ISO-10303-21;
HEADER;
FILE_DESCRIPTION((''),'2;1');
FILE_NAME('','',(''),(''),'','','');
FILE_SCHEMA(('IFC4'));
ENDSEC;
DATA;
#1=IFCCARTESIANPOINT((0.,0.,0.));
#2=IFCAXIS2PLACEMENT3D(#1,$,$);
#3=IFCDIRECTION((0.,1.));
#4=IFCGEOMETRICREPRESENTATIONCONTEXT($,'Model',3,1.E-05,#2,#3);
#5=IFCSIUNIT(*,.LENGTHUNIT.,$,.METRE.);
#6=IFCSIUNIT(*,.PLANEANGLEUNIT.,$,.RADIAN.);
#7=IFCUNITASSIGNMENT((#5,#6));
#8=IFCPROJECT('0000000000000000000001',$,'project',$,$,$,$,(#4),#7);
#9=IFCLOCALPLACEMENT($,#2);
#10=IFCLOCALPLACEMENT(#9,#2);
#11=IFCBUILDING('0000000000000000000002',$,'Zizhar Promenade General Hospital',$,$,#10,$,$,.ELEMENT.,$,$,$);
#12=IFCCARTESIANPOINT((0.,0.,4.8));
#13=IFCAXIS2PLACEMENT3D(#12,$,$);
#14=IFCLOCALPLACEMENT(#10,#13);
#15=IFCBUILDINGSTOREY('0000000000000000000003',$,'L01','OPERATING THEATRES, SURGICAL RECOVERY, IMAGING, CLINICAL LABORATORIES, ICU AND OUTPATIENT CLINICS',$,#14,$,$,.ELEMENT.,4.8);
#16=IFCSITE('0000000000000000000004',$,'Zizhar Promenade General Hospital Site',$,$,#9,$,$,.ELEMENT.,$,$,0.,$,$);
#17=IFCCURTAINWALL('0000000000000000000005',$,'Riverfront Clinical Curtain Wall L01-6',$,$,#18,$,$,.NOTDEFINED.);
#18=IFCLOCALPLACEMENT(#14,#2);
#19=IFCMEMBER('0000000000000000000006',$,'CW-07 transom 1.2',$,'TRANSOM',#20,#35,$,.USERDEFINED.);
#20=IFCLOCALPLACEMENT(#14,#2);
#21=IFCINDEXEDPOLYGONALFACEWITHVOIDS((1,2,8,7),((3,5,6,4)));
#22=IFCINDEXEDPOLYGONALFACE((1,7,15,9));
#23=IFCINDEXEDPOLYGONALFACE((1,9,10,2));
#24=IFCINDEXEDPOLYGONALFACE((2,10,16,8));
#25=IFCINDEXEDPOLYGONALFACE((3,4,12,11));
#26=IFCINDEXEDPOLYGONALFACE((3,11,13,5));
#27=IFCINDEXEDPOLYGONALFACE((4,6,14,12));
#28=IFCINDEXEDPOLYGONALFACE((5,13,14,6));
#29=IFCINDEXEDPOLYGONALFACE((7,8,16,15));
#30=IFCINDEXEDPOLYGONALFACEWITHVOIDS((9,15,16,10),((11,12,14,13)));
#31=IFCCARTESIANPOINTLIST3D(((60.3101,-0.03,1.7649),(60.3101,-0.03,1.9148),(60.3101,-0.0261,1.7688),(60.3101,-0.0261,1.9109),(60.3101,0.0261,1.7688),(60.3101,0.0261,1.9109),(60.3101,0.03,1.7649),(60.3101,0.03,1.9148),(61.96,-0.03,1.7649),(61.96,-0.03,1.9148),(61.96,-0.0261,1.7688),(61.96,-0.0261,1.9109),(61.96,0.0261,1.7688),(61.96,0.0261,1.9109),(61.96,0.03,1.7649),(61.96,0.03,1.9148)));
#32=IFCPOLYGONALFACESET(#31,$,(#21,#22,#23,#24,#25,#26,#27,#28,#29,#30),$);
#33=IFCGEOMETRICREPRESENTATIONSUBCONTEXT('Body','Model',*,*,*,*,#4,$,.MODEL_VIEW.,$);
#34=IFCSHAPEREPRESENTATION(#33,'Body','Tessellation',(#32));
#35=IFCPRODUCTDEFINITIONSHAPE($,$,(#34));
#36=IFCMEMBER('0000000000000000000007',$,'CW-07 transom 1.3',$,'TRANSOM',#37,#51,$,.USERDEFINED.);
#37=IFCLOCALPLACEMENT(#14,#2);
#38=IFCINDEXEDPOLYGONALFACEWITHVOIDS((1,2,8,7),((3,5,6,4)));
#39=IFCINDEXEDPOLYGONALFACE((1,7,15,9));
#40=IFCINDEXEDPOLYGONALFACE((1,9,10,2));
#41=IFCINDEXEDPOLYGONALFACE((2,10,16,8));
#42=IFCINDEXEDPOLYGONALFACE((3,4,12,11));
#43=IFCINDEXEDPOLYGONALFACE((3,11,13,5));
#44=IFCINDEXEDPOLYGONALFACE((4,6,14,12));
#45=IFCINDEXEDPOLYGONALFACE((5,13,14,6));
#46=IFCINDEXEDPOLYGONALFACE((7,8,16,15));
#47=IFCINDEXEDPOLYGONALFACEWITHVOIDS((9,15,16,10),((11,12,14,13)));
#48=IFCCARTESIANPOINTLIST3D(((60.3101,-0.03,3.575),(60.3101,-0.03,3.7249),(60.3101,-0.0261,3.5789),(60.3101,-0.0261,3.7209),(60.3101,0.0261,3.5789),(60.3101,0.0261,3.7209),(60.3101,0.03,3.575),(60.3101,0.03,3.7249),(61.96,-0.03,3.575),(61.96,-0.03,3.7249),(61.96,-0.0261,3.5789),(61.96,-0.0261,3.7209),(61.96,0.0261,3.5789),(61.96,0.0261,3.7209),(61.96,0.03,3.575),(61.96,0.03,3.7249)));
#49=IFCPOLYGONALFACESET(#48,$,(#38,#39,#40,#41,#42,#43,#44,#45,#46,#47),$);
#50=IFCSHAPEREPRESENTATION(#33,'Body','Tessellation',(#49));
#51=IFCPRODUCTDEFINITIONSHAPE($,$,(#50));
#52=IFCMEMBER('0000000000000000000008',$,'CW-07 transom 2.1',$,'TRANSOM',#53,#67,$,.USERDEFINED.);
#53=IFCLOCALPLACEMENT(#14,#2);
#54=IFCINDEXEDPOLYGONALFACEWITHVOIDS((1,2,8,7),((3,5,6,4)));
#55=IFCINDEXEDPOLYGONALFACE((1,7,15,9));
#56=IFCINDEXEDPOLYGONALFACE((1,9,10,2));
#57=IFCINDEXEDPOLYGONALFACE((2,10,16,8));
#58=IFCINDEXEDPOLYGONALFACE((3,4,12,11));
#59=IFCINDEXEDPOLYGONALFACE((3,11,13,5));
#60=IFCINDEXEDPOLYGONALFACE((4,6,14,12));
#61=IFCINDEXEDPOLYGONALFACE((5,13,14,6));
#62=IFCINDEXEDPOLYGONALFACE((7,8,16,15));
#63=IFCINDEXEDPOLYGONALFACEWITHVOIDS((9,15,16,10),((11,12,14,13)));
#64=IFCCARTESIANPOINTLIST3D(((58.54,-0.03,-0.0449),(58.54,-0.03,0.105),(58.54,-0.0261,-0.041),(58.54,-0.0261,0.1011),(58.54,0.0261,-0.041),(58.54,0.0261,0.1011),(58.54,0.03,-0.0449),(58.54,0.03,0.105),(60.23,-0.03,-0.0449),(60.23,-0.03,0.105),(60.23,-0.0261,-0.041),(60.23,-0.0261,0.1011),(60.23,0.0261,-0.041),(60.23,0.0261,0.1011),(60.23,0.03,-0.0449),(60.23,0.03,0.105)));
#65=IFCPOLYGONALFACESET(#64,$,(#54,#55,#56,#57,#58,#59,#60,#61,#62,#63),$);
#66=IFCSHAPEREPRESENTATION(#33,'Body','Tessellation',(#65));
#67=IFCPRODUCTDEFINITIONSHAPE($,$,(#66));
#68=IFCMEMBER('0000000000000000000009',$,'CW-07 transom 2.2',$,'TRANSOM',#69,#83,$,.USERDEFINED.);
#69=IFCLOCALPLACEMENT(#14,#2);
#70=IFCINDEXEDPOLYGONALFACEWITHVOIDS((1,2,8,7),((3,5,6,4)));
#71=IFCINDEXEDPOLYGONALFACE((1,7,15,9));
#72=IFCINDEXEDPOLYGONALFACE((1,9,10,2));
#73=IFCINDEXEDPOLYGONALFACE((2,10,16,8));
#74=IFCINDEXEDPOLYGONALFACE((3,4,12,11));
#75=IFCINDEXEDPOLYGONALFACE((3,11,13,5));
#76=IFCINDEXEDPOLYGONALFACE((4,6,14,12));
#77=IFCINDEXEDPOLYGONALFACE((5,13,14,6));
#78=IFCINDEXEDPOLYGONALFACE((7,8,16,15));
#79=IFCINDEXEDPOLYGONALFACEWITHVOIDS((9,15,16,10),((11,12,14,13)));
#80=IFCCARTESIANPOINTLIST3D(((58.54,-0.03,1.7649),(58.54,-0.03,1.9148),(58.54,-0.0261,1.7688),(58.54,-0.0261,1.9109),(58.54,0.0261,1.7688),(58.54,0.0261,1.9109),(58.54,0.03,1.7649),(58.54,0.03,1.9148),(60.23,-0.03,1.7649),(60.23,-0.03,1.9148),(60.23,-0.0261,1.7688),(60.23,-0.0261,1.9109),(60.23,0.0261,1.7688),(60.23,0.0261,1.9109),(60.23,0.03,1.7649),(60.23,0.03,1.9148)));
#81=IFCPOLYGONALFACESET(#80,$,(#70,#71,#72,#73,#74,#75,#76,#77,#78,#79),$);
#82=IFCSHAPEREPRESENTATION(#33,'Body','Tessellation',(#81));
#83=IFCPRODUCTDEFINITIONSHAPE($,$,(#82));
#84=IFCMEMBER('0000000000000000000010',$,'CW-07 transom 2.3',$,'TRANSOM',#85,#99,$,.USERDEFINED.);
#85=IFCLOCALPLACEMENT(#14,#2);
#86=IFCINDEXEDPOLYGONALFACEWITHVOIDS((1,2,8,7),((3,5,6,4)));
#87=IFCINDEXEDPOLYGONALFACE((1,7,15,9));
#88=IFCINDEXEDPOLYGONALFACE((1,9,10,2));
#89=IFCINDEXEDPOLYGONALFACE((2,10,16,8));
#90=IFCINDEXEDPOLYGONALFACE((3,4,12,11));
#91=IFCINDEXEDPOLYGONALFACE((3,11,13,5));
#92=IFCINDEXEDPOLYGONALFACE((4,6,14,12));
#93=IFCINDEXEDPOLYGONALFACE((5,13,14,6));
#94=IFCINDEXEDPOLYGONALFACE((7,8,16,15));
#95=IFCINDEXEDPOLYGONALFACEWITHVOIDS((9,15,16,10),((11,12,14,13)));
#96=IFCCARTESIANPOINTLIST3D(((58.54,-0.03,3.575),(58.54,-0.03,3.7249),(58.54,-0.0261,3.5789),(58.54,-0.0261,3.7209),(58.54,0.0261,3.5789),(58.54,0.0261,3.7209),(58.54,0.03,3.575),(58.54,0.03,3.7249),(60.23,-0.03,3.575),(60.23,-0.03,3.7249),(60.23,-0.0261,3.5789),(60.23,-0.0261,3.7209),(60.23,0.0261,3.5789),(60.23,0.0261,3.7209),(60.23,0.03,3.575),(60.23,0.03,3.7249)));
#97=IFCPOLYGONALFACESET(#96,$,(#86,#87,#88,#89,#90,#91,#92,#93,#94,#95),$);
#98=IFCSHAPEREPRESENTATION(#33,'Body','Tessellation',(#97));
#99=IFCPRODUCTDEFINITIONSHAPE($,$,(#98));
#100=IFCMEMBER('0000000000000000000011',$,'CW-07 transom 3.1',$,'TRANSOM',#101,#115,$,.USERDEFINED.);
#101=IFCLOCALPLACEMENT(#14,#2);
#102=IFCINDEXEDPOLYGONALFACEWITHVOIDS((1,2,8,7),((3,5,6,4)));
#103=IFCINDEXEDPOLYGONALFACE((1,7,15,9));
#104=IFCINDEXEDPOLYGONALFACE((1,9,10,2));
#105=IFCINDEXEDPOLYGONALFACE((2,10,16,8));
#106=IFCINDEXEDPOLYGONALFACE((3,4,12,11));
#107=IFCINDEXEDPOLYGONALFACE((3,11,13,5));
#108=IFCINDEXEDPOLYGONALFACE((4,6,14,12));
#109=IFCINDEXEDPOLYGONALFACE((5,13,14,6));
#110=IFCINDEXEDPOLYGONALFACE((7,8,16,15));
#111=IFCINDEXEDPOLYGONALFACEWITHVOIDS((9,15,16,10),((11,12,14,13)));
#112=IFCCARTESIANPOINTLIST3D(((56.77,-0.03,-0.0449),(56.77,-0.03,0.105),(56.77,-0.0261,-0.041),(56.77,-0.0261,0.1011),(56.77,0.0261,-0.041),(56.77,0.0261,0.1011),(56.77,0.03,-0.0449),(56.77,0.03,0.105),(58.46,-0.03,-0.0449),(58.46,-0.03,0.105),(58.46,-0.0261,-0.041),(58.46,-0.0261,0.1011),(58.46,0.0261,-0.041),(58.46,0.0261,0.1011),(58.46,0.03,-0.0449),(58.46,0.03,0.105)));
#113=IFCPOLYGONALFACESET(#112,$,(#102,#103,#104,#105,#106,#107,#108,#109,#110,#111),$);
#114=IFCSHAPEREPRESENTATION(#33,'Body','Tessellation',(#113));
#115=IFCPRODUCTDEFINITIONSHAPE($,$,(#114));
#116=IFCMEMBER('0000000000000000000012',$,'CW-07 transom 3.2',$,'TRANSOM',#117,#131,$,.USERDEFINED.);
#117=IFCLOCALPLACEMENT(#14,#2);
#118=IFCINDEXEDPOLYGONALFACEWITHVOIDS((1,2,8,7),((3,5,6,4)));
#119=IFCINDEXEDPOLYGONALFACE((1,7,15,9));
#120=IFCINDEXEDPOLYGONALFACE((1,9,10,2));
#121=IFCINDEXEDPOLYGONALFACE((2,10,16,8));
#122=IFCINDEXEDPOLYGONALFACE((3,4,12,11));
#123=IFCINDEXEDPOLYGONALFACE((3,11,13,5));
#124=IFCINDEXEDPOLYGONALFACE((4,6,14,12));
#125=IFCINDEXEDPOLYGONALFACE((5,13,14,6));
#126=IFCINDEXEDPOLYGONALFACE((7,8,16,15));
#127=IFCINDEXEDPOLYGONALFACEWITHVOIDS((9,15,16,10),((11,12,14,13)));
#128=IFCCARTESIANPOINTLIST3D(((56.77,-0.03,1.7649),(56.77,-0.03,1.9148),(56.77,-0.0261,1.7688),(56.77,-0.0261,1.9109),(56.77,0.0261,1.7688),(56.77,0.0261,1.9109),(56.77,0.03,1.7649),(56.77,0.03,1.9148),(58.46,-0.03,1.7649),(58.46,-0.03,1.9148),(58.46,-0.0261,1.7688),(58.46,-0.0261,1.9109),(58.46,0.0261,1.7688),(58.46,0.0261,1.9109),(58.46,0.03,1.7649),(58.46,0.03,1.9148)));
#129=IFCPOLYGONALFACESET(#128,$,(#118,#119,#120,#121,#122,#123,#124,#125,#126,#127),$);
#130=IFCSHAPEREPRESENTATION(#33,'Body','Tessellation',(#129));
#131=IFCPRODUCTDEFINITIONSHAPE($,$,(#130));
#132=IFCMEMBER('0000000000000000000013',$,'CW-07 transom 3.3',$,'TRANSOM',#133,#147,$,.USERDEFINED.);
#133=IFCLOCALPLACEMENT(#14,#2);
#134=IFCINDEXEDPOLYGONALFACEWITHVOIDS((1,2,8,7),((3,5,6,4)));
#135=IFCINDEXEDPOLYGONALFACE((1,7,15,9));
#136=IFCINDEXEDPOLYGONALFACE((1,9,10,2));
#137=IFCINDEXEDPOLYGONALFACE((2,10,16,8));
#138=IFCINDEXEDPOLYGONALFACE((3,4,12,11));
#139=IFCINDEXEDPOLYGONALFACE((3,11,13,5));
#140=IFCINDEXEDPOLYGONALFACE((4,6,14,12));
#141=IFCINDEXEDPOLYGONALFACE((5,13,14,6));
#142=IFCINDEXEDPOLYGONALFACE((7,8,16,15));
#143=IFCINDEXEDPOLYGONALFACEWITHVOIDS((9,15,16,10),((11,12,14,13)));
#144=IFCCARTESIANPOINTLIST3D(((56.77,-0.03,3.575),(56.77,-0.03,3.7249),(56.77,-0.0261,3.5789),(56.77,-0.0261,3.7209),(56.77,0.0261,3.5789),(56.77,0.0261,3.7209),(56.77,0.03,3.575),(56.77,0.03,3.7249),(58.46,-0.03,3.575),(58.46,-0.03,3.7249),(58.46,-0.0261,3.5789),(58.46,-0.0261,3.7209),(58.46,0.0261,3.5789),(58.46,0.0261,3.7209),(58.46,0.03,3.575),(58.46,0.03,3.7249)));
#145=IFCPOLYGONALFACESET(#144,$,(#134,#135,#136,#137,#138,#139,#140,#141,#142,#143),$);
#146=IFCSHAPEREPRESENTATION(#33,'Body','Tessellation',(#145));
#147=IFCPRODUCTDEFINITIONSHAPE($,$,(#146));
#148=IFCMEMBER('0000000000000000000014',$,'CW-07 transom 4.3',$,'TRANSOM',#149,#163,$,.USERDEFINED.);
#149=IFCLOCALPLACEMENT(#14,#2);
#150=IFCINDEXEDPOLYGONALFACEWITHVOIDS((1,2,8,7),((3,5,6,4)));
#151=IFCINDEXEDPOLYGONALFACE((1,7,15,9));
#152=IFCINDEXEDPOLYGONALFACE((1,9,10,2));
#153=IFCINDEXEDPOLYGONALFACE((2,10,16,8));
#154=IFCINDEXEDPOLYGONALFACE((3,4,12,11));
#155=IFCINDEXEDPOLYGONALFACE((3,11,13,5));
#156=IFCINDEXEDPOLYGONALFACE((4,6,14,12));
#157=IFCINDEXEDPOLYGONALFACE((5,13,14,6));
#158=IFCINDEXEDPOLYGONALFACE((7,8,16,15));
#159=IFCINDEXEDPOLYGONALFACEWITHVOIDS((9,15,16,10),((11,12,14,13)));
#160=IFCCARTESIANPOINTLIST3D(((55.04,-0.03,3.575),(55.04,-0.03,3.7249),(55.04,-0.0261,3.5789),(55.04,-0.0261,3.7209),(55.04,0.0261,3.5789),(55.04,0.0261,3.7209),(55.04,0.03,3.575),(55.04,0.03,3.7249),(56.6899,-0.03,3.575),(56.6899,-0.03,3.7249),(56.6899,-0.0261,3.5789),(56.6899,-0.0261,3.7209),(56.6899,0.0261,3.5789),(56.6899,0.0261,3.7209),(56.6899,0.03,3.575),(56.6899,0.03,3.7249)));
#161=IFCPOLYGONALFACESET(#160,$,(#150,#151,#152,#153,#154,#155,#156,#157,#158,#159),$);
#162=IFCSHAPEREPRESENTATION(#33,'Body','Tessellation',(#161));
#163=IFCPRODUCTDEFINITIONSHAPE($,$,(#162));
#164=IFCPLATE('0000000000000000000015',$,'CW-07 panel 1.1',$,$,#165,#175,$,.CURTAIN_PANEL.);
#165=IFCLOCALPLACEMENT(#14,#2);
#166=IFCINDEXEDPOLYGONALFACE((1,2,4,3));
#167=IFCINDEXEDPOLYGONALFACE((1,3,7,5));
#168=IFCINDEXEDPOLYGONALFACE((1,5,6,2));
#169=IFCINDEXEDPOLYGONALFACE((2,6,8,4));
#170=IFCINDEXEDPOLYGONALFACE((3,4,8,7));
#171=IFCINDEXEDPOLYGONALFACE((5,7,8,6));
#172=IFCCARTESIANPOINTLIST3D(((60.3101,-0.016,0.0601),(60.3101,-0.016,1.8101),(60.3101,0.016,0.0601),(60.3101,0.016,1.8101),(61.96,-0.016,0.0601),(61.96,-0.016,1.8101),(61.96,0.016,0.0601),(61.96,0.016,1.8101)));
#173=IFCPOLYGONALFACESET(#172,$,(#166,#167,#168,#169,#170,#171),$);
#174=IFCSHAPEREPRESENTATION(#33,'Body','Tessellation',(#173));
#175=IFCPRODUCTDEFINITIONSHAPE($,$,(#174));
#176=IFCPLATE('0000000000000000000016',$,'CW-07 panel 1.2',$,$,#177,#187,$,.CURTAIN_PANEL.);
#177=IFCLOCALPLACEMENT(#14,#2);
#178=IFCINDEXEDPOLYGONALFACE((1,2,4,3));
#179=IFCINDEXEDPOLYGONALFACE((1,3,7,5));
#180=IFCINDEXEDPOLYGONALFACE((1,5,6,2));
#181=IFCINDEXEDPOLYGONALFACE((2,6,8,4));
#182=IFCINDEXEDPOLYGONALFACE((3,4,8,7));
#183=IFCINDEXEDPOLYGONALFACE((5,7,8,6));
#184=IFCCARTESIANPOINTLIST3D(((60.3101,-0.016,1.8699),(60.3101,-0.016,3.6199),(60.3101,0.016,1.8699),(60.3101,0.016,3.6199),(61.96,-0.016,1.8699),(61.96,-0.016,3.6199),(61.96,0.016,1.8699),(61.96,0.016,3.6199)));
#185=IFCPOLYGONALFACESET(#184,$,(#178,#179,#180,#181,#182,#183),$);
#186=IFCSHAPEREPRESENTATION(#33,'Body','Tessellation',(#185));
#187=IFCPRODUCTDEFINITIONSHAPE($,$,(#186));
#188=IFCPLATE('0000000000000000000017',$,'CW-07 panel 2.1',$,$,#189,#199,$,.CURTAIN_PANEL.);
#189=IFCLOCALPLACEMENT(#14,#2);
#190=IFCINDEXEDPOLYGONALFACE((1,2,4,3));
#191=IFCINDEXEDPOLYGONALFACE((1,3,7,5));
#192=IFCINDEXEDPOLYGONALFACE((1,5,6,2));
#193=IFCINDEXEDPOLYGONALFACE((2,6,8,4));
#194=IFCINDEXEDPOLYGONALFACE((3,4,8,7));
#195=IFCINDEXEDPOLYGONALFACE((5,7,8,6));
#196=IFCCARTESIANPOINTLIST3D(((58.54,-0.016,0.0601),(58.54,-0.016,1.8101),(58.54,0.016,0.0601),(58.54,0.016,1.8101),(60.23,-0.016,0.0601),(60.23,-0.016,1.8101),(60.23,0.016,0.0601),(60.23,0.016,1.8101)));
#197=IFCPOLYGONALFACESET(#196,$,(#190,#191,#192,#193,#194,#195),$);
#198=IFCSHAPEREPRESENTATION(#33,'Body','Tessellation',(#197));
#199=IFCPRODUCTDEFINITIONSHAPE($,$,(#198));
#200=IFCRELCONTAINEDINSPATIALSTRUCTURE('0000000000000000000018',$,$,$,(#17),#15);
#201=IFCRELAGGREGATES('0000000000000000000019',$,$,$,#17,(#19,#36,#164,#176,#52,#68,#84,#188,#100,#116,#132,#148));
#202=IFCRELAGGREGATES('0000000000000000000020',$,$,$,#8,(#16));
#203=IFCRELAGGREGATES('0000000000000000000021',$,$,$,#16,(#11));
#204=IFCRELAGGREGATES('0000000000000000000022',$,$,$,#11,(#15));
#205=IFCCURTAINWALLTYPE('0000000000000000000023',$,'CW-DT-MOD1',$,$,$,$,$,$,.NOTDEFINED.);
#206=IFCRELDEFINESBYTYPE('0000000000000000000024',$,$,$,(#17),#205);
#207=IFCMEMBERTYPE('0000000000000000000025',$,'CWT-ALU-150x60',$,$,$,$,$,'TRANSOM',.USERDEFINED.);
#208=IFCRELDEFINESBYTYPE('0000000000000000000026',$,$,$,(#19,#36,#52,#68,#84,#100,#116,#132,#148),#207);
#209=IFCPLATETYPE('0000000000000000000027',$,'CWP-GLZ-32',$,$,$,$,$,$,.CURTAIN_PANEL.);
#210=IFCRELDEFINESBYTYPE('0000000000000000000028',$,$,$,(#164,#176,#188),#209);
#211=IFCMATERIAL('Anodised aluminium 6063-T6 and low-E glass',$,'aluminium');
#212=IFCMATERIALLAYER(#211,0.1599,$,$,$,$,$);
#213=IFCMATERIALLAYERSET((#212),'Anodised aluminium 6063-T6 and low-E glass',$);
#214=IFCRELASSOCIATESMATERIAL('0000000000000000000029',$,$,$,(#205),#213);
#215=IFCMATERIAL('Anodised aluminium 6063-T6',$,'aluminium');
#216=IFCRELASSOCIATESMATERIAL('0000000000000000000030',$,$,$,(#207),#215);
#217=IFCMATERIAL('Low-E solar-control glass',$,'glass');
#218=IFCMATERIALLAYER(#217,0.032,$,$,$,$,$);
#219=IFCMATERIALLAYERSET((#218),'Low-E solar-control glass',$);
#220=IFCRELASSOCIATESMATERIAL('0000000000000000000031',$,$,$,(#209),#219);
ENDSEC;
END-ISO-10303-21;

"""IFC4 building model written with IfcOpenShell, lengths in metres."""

from ifc_helpers import new_model, si_unit, direction, frame, origin, origin_2d, place, context, subcontext, project, spatial, rectangle, hollow_rectangle, extrude, material, layer, layer_set, material_profile, profile_set, type_object, element, aggregate, save


model = new_model("IFC4")

# Units and contexts
model_context = context("Model", 3, precision=1e-05, world=origin(), true_north=direction((0.0, 1.0)))
body_context = subcontext(model_context, "Body", "Model", "MODEL_VIEW")
ifc_project = project(units=[si_unit("LENGTHUNIT", "METRE"), si_unit("PLANEANGLEUNIT", "RADIAN")], contexts=[model_context])

# Site, building, storey
site_placement = place(None, origin())
site = spatial("IfcSite", under=ifc_project, at=site_placement, Name="Zizhar Promenade General Hospital Site", CompositionType="ELEMENT", RefElevation=0.0)
building_placement = place(site_placement, origin())
building = spatial("IfcBuilding", under=site, at=building_placement, Name="Zizhar Promenade General Hospital", CompositionType="ELEMENT")
storey_placement = place(building_placement, frame((0.0, 0.0, 4.8)))
storey = spatial("IfcBuildingStorey", under=building, at=storey_placement, Name="L01", Description="OPERATING THEATRES, SURGICAL RECOVERY, IMAGING, CLINICAL LABORATORIES, ICU AND OUTPATIENT CLINICS", CompositionType="ELEMENT", Elevation=4.8)

# Curtain wall
ifc_material_1 = material(Name="Anodised aluminium 6063-T6 and low-E glass", Category="aluminium")
ifc_layer_1 = layer(ifc_material_1, 0.1599)
ifc_layer_set_1 = layer_set([ifc_layer_1], Name="Anodised aluminium 6063-T6 and low-E glass")
curtain_wall_type = type_object("IfcCurtainWallType", Name="CW-DT-MOD1", PredefinedType="NOTDEFINED", material=ifc_layer_set_1)
curtain_wall_1_placement = place(storey_placement, origin())
curtain_wall_1 = element("IfcCurtainWall", 1, at=curtain_wall_1_placement, inside=storey, type_object=curtain_wall_type, Name="Riverfront Clinical Curtain Wall L01-6", PredefinedType="NOTDEFINED")

# Members
ifc_material_2 = material(Name="Anodised aluminium 6063-T6", Category="aluminium")
ifc_material_profile_1 = material_profile(ifc_material_2, hollow_rectangle(XDim=0.0601, YDim=0.1499, WallThickness=0.0039, at=origin_2d()))
ifc_profile_set_1 = profile_set([ifc_material_profile_1], Name="Anodised aluminium 6063-T6")
member_type_1 = type_object("IfcMemberType", Name="CWT-ALU-150x60", ElementType="TRANSOM", PredefinedType="USERDEFINED", material=ifc_profile_set_1)
member_1_placement = place(storey_placement, frame((61.96, 0.0, 1.8398), z_axis=(-1.0, 0.0, 0.0), x_axis=(0.0, -1.0, 0.0)))
member_1 = element("IfcMember", 2, at=member_1_placement, type_object=member_type_1, Name="CW-07 transom 1.2", ObjectType="TRANSOM", PredefinedType="USERDEFINED", context=body_context, shape_type="SweptSolid", body=[
    extrude(hollow_rectangle(XDim=0.0601, YDim=0.1499, WallThickness=0.0039, at=origin_2d()), origin(), (0.0, 0.0, 1.0), 1.6499),
])
member_2_placement = place(storey_placement, frame((61.96, 0.0, 3.6499), z_axis=(-1.0, 0.0, 0.0), x_axis=(0.0, -1.0, 0.0)))
member_2 = element("IfcMember", 3, at=member_2_placement, type_object=member_type_1, Name="CW-07 transom 1.3", ObjectType="TRANSOM", PredefinedType="USERDEFINED", context=body_context, shape_type="SweptSolid", body=[
    extrude(hollow_rectangle(XDim=0.0601, YDim=0.1499, WallThickness=0.0039, at=origin_2d()), origin(), (0.0, 0.0, 1.0), 1.6499),
])
member_3_placement = place(storey_placement, frame((60.23, 0.0, 0.03), z_axis=(-1.0, 0.0, 0.0), x_axis=(0.0, -1.0, 0.0)))
member_3 = element("IfcMember", 4, at=member_3_placement, type_object=member_type_1, Name="CW-07 transom 2.1", ObjectType="TRANSOM", PredefinedType="USERDEFINED", context=body_context, shape_type="SweptSolid", body=[
    extrude(hollow_rectangle(XDim=0.0601, YDim=0.1499, WallThickness=0.0039, at=origin_2d()), origin(), (0.0, 0.0, 1.0), 1.6899),
])
member_4_placement = place(storey_placement, frame((60.23, 0.0, 1.8398), z_axis=(-1.0, 0.0, 0.0), x_axis=(0.0, -1.0, 0.0)))
member_4 = element("IfcMember", 5, at=member_4_placement, type_object=member_type_1, Name="CW-07 transom 2.2", ObjectType="TRANSOM", PredefinedType="USERDEFINED", context=body_context, shape_type="SweptSolid", body=[
    extrude(hollow_rectangle(XDim=0.0601, YDim=0.1499, WallThickness=0.0039, at=origin_2d()), origin(), (0.0, 0.0, 1.0), 1.6899),
])
member_5_placement = place(storey_placement, frame((60.23, 0.0, 3.6499), z_axis=(-1.0, 0.0, 0.0), x_axis=(0.0, -1.0, 0.0)))
member_5 = element("IfcMember", 6, at=member_5_placement, type_object=member_type_1, Name="CW-07 transom 2.3", ObjectType="TRANSOM", PredefinedType="USERDEFINED", context=body_context, shape_type="SweptSolid", body=[
    extrude(hollow_rectangle(XDim=0.0601, YDim=0.1499, WallThickness=0.0039, at=origin_2d()), origin(), (0.0, 0.0, 1.0), 1.6899),
])
member_6_placement = place(storey_placement, frame((58.46, 0.0, 0.03), z_axis=(-1.0, 0.0, 0.0), x_axis=(0.0, -1.0, 0.0)))
member_6 = element("IfcMember", 7, at=member_6_placement, type_object=member_type_1, Name="CW-07 transom 3.1", ObjectType="TRANSOM", PredefinedType="USERDEFINED", context=body_context, shape_type="SweptSolid", body=[
    extrude(hollow_rectangle(XDim=0.0601, YDim=0.1499, WallThickness=0.0039, at=origin_2d()), origin(), (0.0, 0.0, 1.0), 1.6899),
])
member_7_placement = place(storey_placement, frame((58.46, 0.0, 1.8398), z_axis=(-1.0, 0.0, 0.0), x_axis=(0.0, -1.0, 0.0)))
member_7 = element("IfcMember", 8, at=member_7_placement, type_object=member_type_1, Name="CW-07 transom 3.2", ObjectType="TRANSOM", PredefinedType="USERDEFINED", context=body_context, shape_type="SweptSolid", body=[
    extrude(hollow_rectangle(XDim=0.0601, YDim=0.1499, WallThickness=0.0039, at=origin_2d()), origin(), (0.0, 0.0, 1.0), 1.6899),
])
member_8_placement = place(storey_placement, frame((58.46, 0.0, 3.6499), z_axis=(-1.0, 0.0, 0.0), x_axis=(0.0, -1.0, 0.0)))
member_8 = element("IfcMember", 9, at=member_8_placement, type_object=member_type_1, Name="CW-07 transom 3.3", ObjectType="TRANSOM", PredefinedType="USERDEFINED", context=body_context, shape_type="SweptSolid", body=[
    extrude(hollow_rectangle(XDim=0.0601, YDim=0.1499, WallThickness=0.0039, at=origin_2d()), origin(), (0.0, 0.0, 1.0), 1.6899),
])
member_9_placement = place(storey_placement, frame((56.6899, 0.0, 3.6499), z_axis=(-1.0, 0.0, 0.0), x_axis=(0.0, -1.0, 0.0)))
member_9 = element("IfcMember", 10, at=member_9_placement, type_object=member_type_1, Name="CW-07 transom 4.3", ObjectType="TRANSOM", PredefinedType="USERDEFINED", context=body_context, shape_type="SweptSolid", body=[
    extrude(hollow_rectangle(XDim=0.0601, YDim=0.1499, WallThickness=0.0039, at=origin_2d()), origin(), (0.0, 0.0, 1.0), 1.6499),
])

# Plates
ifc_material_3 = material(Name="Low-E solar-control glass", Category="glass")
ifc_layer_2 = layer(ifc_material_3, 0.032)
ifc_layer_set_2 = layer_set([ifc_layer_2], Name="Low-E solar-control glass")
plate_type = type_object("IfcPlateType", Name="CWP-GLZ-32", PredefinedType="CURTAIN_PANEL", material=ifc_layer_set_2)
plate_1_placement = place(storey_placement, frame((61.135, 0.0, 0.0601), z_axis=(0.0, 0.0, 1.0), x_axis=(-1.0, 0.0, 0.0)))
plate_1 = element("IfcPlate", 11, at=plate_1_placement, type_object=plate_type, Name="CW-07 panel 1.1", PredefinedType="CURTAIN_PANEL", context=body_context, shape_type="SweptSolid", body=[
    extrude(rectangle(XDim=1.6499, YDim=0.032, at=origin_2d()), origin(), (0.0, 0.0, 1.0), 1.75),
])
plate_2_placement = place(storey_placement, frame((61.135, 0.0, 1.8699), z_axis=(0.0, 0.0, 1.0), x_axis=(-1.0, 0.0, 0.0)))
plate_2 = element("IfcPlate", 12, at=plate_2_placement, type_object=plate_type, Name="CW-07 panel 1.2", PredefinedType="CURTAIN_PANEL", context=body_context, shape_type="SweptSolid", body=[
    extrude(rectangle(XDim=1.6499, YDim=0.032, at=origin_2d()), origin(), (0.0, 0.0, 1.0), 1.75),
])
plate_3_placement = place(storey_placement, frame((59.385, 0.0, 0.0601), z_axis=(0.0, 0.0, 1.0), x_axis=(-1.0, 0.0, 0.0)))
plate_3 = element("IfcPlate", 13, at=plate_3_placement, type_object=plate_type, Name="CW-07 panel 2.1", PredefinedType="CURTAIN_PANEL", context=body_context, shape_type="SweptSolid", body=[
    extrude(rectangle(XDim=1.6899, YDim=0.032, at=origin_2d()), origin(), (0.0, 0.0, 1.0), 1.75),
])
aggregate(curtain_wall_1, [member_1, member_2, plate_1, plate_2, member_3, member_4, member_5, plate_3, member_6, member_7, member_8, member_9])

save(model, "model.ifc")
